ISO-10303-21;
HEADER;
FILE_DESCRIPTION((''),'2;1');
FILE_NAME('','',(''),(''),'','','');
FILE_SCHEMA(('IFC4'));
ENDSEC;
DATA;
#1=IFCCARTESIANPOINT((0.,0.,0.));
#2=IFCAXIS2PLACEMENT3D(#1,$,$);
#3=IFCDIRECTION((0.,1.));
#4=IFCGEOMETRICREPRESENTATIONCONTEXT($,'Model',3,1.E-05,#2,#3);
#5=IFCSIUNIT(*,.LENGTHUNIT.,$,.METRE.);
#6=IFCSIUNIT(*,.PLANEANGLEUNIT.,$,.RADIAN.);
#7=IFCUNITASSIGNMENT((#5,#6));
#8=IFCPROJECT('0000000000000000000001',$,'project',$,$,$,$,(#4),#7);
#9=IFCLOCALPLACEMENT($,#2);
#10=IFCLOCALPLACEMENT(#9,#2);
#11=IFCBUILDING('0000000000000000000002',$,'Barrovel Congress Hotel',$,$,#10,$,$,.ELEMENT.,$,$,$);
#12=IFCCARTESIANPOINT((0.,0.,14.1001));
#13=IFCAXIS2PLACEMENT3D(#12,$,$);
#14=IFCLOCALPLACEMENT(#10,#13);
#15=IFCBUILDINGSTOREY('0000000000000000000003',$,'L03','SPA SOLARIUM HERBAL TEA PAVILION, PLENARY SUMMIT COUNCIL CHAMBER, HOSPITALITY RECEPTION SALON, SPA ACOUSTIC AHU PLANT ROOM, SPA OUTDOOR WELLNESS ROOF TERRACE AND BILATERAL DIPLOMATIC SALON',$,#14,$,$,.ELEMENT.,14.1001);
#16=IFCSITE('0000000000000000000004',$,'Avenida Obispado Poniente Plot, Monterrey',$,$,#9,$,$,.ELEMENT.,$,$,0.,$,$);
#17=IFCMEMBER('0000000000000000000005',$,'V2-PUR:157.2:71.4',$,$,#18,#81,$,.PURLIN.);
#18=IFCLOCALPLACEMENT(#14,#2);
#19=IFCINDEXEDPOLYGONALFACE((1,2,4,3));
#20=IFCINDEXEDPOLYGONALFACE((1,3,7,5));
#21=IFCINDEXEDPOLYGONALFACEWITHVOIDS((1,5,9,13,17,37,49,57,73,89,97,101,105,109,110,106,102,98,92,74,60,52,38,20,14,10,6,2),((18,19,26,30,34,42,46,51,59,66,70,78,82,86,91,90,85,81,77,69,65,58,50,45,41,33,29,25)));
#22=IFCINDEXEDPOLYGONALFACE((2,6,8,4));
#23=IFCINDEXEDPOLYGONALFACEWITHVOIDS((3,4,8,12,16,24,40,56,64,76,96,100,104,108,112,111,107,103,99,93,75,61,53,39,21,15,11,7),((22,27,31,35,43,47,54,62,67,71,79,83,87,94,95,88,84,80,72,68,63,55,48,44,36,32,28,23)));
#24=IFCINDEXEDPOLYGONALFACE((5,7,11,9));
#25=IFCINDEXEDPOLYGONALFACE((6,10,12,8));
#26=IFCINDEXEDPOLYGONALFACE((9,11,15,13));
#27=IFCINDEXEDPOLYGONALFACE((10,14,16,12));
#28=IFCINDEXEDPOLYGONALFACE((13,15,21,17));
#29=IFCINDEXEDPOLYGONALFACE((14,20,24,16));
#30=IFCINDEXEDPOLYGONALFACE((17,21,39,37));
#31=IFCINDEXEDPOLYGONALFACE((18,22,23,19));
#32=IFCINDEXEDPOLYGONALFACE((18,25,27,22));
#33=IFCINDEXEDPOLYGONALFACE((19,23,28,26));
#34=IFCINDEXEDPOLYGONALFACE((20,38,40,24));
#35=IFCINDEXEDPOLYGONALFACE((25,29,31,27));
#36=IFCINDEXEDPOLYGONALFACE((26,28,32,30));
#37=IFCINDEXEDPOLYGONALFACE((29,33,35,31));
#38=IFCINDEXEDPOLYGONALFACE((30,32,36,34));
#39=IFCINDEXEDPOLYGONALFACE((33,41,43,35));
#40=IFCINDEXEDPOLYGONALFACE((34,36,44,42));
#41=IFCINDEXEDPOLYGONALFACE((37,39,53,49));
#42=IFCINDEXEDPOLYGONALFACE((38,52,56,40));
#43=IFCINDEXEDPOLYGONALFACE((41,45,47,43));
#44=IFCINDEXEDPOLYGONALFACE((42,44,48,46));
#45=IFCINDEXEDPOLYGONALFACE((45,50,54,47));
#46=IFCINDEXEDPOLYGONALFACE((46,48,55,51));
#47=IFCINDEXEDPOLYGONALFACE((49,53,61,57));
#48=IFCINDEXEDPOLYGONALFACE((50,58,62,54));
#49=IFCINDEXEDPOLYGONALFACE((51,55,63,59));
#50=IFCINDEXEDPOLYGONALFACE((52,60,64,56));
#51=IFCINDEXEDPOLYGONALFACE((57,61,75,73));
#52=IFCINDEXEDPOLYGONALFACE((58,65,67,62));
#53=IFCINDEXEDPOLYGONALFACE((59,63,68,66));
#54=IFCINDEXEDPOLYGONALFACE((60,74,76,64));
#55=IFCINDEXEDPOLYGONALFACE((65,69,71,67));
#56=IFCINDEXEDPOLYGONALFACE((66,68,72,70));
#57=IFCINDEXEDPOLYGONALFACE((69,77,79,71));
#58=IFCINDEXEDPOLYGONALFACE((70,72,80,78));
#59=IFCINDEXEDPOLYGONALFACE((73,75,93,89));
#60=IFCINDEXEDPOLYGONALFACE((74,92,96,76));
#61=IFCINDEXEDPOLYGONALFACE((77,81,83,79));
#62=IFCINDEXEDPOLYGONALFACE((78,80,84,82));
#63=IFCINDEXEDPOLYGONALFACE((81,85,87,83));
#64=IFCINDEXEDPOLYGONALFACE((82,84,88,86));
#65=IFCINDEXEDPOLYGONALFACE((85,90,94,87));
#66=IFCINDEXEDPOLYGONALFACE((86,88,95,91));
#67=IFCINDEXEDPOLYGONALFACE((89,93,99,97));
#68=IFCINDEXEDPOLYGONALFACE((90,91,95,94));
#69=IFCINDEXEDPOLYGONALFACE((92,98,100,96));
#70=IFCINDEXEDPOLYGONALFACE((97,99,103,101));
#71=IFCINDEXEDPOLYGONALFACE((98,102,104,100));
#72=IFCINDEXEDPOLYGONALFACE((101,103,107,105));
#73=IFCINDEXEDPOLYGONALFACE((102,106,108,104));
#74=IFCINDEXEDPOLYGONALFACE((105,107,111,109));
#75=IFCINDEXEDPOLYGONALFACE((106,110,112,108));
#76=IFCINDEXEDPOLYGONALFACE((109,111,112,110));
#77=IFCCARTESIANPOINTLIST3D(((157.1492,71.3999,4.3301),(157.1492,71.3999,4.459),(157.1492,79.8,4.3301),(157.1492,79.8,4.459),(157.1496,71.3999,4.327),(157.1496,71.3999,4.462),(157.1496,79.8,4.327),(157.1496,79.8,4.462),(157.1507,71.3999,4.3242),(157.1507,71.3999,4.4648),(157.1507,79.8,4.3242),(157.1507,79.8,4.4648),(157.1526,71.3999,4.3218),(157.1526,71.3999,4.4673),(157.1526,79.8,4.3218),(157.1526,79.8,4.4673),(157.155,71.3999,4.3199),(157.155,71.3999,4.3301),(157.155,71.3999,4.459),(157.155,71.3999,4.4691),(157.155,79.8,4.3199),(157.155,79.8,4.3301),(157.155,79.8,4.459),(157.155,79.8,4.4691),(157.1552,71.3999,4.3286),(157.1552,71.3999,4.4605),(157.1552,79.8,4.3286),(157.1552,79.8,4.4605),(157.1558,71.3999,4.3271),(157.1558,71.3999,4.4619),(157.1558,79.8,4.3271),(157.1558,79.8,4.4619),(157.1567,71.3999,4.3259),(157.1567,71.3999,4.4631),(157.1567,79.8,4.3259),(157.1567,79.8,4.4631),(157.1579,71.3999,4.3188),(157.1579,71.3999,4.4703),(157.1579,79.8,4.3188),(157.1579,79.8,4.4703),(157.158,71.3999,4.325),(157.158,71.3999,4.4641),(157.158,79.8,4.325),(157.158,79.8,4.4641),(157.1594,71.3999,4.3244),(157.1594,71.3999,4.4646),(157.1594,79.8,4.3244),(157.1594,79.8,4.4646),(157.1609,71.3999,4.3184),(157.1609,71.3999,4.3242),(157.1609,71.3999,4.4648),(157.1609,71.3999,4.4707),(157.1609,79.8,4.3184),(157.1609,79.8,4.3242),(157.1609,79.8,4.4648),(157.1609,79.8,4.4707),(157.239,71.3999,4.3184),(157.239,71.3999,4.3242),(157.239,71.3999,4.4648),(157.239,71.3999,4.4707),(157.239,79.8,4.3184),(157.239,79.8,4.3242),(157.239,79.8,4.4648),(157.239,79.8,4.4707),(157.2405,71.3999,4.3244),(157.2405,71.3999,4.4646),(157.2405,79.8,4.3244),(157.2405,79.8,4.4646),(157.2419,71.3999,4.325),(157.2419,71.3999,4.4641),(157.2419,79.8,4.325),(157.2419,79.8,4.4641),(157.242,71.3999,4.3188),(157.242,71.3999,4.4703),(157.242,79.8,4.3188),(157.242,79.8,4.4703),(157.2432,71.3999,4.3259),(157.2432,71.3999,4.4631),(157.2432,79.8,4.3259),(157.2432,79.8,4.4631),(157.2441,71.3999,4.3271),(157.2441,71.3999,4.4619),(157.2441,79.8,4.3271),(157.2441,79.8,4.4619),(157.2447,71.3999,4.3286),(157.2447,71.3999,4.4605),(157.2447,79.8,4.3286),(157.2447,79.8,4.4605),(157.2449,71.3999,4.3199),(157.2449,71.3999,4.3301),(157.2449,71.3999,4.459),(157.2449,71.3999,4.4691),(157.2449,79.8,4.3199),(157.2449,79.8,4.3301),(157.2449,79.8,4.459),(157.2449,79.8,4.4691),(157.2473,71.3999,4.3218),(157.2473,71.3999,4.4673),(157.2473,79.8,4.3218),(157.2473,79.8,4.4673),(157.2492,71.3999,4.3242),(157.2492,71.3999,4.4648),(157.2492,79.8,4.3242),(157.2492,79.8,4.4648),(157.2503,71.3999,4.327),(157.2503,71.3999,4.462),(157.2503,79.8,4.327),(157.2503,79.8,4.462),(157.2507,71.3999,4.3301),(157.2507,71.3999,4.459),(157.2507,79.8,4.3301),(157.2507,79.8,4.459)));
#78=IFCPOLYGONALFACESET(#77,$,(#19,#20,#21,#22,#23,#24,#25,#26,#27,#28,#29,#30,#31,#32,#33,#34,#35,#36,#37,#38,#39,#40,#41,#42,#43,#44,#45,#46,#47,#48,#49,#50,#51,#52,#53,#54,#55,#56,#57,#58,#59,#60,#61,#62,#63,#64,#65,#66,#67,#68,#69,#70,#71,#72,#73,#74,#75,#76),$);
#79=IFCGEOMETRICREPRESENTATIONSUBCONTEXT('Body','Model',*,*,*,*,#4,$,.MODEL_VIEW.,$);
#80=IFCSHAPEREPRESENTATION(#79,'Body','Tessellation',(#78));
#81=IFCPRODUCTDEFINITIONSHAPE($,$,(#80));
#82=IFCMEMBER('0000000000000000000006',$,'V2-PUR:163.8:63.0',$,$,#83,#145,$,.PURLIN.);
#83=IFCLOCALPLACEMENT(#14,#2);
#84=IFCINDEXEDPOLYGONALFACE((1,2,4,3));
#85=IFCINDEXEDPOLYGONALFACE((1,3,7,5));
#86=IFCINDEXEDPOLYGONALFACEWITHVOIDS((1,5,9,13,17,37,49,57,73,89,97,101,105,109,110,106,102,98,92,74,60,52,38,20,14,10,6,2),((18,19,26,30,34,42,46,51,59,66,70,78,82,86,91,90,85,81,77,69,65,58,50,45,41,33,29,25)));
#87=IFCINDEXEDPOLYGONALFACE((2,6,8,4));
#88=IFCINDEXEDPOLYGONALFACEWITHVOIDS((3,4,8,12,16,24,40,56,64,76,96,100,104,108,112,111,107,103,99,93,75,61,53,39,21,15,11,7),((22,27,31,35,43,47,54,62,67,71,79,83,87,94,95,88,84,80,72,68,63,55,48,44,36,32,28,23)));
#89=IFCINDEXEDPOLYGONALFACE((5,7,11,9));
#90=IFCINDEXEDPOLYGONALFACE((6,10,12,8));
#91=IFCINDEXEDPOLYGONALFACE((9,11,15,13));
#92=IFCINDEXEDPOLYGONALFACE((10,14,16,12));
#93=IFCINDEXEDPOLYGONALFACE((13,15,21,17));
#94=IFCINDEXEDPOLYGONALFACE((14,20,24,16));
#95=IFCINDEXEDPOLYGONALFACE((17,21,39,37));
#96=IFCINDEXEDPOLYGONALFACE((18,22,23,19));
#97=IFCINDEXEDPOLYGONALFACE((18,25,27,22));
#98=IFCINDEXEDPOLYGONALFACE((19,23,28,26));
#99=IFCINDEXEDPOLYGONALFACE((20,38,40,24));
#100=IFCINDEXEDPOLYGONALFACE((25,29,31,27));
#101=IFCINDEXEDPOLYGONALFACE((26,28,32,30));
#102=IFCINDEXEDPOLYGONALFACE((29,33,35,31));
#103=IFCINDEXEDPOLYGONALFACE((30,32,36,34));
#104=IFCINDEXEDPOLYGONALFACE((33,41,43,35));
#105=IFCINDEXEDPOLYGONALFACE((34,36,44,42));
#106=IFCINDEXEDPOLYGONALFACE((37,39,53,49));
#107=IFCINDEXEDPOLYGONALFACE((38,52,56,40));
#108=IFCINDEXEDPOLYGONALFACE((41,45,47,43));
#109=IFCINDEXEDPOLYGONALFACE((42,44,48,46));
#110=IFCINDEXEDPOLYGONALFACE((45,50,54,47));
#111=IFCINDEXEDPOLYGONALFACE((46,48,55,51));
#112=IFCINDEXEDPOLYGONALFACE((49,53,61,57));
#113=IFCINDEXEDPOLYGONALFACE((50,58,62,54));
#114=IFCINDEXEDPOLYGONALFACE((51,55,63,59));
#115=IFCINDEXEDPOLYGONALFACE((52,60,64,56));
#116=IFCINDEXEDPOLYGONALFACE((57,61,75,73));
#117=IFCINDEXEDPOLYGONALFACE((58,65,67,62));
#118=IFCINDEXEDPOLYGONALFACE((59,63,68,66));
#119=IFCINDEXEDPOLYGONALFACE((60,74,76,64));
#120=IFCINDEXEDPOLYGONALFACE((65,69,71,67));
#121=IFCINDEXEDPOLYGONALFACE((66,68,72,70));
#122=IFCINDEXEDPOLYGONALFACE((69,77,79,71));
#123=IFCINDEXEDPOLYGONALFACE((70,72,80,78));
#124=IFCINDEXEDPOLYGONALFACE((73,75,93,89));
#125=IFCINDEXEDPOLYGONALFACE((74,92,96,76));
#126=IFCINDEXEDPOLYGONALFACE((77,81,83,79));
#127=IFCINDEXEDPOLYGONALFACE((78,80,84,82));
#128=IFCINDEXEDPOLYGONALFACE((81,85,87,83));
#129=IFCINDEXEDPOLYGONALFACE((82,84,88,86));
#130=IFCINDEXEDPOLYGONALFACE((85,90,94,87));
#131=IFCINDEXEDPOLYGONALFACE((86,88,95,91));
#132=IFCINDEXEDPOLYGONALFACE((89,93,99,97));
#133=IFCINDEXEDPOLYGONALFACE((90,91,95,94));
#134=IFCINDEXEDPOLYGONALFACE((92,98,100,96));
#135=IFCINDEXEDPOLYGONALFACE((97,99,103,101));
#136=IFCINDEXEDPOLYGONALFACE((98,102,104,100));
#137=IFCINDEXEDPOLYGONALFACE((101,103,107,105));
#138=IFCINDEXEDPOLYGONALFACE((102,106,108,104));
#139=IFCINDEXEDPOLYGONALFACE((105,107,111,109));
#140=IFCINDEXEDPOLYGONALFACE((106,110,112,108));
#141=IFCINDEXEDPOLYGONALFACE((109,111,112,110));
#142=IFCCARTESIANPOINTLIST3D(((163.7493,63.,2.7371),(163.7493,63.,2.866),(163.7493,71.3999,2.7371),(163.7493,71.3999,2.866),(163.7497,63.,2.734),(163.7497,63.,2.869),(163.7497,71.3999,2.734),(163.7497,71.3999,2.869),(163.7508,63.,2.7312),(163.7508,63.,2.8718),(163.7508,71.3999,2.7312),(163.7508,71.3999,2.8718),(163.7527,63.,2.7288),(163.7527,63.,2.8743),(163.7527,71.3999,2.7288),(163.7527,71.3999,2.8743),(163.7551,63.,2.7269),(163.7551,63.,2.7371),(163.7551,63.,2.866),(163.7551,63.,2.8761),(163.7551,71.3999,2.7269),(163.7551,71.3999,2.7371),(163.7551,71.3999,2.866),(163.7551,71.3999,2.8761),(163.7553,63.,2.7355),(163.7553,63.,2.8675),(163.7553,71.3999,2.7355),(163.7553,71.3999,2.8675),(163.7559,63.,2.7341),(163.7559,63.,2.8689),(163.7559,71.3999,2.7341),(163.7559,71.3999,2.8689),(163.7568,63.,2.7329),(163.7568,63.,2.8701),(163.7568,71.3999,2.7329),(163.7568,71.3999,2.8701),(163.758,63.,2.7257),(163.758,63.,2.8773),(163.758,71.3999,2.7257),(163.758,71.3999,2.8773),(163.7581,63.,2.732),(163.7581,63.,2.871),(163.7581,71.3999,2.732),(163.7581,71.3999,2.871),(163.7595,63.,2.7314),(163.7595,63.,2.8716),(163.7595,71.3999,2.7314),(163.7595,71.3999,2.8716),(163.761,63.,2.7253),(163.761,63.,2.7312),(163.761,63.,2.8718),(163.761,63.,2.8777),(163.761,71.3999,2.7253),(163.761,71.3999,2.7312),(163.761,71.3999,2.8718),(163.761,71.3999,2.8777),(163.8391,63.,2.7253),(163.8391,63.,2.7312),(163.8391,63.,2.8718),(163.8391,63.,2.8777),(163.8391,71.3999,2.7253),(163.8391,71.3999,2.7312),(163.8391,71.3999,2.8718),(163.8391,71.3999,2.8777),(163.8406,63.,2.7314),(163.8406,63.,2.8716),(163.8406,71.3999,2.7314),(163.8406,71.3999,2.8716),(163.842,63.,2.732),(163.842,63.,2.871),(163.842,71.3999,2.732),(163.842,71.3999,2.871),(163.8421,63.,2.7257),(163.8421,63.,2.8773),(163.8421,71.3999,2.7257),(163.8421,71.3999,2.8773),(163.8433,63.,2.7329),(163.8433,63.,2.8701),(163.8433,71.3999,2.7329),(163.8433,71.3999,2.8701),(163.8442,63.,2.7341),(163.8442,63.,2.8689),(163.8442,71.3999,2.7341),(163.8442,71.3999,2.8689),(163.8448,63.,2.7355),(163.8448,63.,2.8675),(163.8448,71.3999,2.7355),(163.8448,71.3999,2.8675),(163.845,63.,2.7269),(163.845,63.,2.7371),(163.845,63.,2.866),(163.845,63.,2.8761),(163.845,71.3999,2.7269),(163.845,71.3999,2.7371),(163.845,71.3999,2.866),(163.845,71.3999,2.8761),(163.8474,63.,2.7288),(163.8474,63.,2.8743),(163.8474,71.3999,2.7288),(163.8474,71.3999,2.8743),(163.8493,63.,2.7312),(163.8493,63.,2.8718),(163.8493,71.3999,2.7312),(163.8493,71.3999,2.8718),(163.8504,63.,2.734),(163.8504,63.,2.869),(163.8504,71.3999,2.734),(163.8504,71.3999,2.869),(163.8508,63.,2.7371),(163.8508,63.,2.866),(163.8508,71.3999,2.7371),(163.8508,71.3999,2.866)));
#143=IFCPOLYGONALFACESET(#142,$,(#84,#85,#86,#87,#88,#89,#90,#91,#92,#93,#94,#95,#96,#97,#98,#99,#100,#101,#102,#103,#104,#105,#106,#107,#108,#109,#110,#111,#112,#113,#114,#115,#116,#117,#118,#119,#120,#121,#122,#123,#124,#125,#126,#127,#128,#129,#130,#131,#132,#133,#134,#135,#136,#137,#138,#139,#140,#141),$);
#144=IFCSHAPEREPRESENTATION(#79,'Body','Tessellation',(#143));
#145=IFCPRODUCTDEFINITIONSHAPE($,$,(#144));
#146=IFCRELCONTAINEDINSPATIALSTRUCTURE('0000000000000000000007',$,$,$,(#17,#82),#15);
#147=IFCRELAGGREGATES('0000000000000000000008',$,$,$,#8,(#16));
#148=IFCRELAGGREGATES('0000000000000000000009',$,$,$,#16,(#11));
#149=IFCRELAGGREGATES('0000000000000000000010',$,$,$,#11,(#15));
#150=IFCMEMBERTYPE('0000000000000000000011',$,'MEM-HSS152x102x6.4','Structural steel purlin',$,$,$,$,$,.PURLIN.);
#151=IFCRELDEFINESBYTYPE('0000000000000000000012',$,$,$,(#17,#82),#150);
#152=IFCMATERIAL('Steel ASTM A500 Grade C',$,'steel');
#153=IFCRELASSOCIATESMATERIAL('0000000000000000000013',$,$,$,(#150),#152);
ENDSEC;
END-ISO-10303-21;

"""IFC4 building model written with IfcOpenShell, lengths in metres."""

from ifc_helpers import new_model, si_unit, direction, frame, origin, origin_2d, place, context, subcontext, project, spatial, hollow_rectangle, extrude, material, material_profile, profile_set, type_object, element, save


model = new_model("IFC4")

# Units and contexts
model_context = context("Model", 3, precision=1e-05, world=origin(), true_north=direction((0.0, 1.0)))
body_context = subcontext(model_context, "Body", "Model", "MODEL_VIEW")
ifc_project = project(units=[si_unit("LENGTHUNIT", "METRE"), si_unit("PLANEANGLEUNIT", "RADIAN")], contexts=[model_context])

# Site, building, storey
site_placement = place(None, origin())
site = spatial("IfcSite", under=ifc_project, at=site_placement, Name="Avenida Obispado Poniente Plot, Monterrey", CompositionType="ELEMENT", RefElevation=0.0)
building_placement = place(site_placement, origin())
building = spatial("IfcBuilding", under=site, at=building_placement, Name="Barrovel Congress Hotel", CompositionType="ELEMENT")
storey_placement = place(building_placement, frame((0.0, 0.0, 14.1001)))
storey = spatial("IfcBuildingStorey", under=building, at=storey_placement, Name="L03", Description="SPA SOLARIUM HERBAL TEA PAVILION, PLENARY SUMMIT COUNCIL CHAMBER, HOSPITALITY RECEPTION SALON, SPA ACOUSTIC AHU PLANT ROOM, SPA OUTDOOR WELLNESS ROOF TERRACE AND BILATERAL DIPLOMATIC SALON", CompositionType="ELEMENT", Elevation=14.1001)

# Members
ifc_material_1 = material(Name="Steel ASTM A500 Grade C", Category="steel")
ifc_material_profile_1 = material_profile(ifc_material_1, hollow_rectangle(XDim=0.1016, YDim=0.1523, WallThickness=0.0059, InnerFilletRadius=0.0059, OuterFilletRadius=0.0117, at=origin_2d()), Name="HSS152x102x6.4")
ifc_profile_set_1 = profile_set([ifc_material_profile_1], Name="Steel ASTM A500 Grade C")
member_type_1 = type_object("IfcMemberType", Name="MEM-HSS152x102x6.4", Description="Structural steel purlin", PredefinedType="PURLIN", material=ifc_profile_set_1)
member_1_placement = place(storey_placement, frame((157.2, 71.3999, 4.3945), z_axis=(0.0, 1.0, 0.0), x_axis=(-1.0, 0.0, 0.0)))
element("IfcMember", 1, at=member_1_placement, inside=storey, type_object=member_type_1, Name="V2-PUR:157.2:71.4", PredefinedType="PURLIN", context=body_context, shape_type="SweptSolid", body=[
    extrude(hollow_rectangle(XDim=0.1016, YDim=0.1523, WallThickness=0.0059, InnerFilletRadius=0.0059, OuterFilletRadius=0.0117, at=origin_2d()), origin(), (0.0, 0.0, 1.0), 8.4001),
])
member_2_placement = place(storey_placement, frame((163.8, 63.0, 2.8015), z_axis=(0.0, 1.0, 0.0), x_axis=(-1.0, 0.0, 0.0)))
element("IfcMember", 2, at=member_2_placement, inside=storey, type_object=member_type_1, Name="V2-PUR:163.8:63.0", PredefinedType="PURLIN", context=body_context, shape_type="SweptSolid", body=[
    extrude(hollow_rectangle(XDim=0.1016, YDim=0.1523, WallThickness=0.0059, InnerFilletRadius=0.0059, OuterFilletRadius=0.0117, at=origin_2d()), origin(), (0.0, 0.0, 1.0), 8.3999),
])

save(model, "model.ifc")
